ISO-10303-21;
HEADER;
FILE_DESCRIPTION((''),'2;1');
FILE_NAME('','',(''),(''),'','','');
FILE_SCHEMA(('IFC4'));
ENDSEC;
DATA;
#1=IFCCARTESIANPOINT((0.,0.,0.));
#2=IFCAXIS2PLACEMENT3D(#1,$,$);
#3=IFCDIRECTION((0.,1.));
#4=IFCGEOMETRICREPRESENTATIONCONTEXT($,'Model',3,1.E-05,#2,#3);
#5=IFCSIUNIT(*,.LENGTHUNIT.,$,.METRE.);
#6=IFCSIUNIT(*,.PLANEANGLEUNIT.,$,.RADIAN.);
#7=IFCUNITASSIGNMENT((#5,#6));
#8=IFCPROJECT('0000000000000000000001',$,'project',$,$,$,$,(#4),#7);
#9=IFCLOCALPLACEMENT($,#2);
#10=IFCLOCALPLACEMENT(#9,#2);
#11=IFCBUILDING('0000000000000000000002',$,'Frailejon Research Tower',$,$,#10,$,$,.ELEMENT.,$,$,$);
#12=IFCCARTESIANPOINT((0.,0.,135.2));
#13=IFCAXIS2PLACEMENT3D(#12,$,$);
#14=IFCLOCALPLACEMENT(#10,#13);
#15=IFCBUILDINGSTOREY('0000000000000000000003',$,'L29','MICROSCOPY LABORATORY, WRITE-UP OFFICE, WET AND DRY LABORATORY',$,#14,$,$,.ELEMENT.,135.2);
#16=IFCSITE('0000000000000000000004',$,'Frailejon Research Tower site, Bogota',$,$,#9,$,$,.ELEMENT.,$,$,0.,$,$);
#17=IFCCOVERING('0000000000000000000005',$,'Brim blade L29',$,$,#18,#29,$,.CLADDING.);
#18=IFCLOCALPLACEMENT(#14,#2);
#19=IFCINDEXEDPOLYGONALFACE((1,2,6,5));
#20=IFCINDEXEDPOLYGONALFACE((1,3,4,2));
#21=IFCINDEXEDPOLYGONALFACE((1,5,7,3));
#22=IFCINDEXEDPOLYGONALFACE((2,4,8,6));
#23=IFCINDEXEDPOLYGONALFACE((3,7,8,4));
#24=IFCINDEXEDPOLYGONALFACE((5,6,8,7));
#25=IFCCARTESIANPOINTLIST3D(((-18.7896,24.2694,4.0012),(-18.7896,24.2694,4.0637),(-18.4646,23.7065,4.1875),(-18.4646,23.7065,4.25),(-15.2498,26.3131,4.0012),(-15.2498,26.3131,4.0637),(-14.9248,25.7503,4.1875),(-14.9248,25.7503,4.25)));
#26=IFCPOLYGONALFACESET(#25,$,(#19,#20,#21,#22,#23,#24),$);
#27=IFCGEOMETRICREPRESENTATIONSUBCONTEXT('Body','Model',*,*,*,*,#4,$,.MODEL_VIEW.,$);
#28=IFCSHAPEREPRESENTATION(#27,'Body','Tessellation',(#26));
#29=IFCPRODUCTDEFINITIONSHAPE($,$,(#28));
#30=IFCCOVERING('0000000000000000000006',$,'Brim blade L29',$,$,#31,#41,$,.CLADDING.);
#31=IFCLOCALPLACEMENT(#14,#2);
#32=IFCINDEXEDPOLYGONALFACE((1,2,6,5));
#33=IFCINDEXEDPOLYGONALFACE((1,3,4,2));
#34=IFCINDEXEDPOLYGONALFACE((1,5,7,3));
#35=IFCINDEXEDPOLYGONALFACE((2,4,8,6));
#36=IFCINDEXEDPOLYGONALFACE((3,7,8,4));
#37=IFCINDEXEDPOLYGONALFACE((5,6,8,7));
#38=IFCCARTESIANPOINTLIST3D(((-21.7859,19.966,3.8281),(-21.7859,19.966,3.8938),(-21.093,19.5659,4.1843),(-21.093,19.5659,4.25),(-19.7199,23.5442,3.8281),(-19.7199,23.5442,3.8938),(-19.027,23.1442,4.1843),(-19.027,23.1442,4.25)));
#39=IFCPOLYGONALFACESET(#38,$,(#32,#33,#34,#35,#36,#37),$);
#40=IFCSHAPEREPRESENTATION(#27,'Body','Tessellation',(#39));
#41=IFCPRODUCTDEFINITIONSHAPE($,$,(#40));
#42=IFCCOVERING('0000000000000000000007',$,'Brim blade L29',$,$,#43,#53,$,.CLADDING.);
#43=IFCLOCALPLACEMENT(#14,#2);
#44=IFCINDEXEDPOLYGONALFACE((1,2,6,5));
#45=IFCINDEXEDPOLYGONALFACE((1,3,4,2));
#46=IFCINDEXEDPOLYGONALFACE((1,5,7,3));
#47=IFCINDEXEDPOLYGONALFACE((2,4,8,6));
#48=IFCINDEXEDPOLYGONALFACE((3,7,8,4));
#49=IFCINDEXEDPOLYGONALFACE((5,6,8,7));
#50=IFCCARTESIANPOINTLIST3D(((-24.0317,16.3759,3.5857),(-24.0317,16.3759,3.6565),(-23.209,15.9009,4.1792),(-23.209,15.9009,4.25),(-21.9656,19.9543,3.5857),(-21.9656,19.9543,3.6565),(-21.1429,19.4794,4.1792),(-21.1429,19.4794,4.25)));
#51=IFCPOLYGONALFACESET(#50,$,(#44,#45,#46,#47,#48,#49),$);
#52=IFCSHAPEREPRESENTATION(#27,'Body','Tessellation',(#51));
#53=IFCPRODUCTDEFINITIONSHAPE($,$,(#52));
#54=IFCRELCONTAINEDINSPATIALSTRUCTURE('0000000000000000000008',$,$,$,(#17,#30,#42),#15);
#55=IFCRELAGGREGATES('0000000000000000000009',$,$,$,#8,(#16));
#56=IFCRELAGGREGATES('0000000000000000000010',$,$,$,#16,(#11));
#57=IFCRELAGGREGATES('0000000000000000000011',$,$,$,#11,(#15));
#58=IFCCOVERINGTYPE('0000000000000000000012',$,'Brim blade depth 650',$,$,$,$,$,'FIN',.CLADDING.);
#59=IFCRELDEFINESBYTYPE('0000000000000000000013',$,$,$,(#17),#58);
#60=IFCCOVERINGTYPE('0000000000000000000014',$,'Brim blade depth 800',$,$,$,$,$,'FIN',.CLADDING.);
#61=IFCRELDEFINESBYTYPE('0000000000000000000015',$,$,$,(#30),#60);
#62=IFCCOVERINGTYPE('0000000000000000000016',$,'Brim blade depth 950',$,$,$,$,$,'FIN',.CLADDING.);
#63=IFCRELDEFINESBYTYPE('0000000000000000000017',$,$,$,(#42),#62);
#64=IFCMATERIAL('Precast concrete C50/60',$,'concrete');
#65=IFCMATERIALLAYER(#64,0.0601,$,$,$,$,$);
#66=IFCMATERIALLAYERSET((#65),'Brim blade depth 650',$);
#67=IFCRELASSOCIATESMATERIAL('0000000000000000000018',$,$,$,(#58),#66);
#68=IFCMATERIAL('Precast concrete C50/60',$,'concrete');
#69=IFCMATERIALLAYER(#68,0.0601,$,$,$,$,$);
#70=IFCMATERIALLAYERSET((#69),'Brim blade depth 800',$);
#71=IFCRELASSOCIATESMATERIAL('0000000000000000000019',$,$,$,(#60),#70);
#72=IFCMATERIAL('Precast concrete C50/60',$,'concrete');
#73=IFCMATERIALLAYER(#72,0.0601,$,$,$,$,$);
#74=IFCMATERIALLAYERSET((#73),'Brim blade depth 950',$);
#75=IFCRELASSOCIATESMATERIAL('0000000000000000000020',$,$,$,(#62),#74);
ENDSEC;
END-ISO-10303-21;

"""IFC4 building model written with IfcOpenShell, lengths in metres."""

from ifc_helpers import new_model, si_unit, direction, frame, origin, place, context, subcontext, project, spatial, polyline, outline, extrude, material, layer, layer_set, type_object, element, save


model = new_model("IFC4")

# Units and contexts
model_context = context("Model", 3, precision=1e-05, world=origin(), true_north=direction((0.0, 1.0)))
body_context = subcontext(model_context, "Body", "Model", "MODEL_VIEW")
ifc_project = project(units=[si_unit("LENGTHUNIT", "METRE"), si_unit("PLANEANGLEUNIT", "RADIAN")], contexts=[model_context])

# Site, building, storey
site_placement = place(None, origin())
site = spatial("IfcSite", under=ifc_project, at=site_placement, Name="Frailejon Research Tower site, Bogota", CompositionType="ELEMENT", RefElevation=0.0)
building_placement = place(site_placement, origin())
building = spatial("IfcBuilding", under=site, at=building_placement, Name="Frailejon Research Tower", CompositionType="ELEMENT")
storey_placement = place(building_placement, frame((0.0, 0.0, 135.2)))
storey = spatial("IfcBuildingStorey", under=building, at=storey_placement, Name="L29", Description="MICROSCOPY LABORATORY, WRITE-UP OFFICE, WET AND DRY LABORATORY", CompositionType="ELEMENT", Elevation=135.2)

# Coverings
ifc_material_1 = material(Name="Precast concrete C50/60", Category="concrete")
ifc_layer_1 = layer(ifc_material_1, 0.0601)
ifc_layer_set_1 = layer_set([ifc_layer_1], Name="Brim blade depth 650")
covering_type_1 = type_object("IfcCoveringType", Name="Brim blade depth 650", ElementType="FIN", PredefinedType="CLADDING", material=ifc_layer_set_1)
covering_1_placement = place(storey_placement, frame((-18.4646, 23.7065, 4.25), z_axis=(0.866021, 0.500007, 0.0), x_axis=(-0.500007, 0.866021, 0.0)))
element("IfcCovering", 1, at=covering_1_placement, inside=storey, type_object=covering_type_1, Name="Brim blade L29", PredefinedType="CLADDING", context=body_context, shape_type="SweptSolid", body=[
    extrude(outline(polyline([(0.0, -0.0625), (0.6499, -0.2488), (0.6499, -0.1863), (0.0, 0.0), (0.0, -0.0625)])), origin(), (0.0, 0.0, 1.0), 4.0874),
])
ifc_material_2 = material(Name="Precast concrete C50/60", Category="concrete")
ifc_layer_2 = layer(ifc_material_2, 0.0601)
ifc_layer_set_2 = layer_set([ifc_layer_2], Name="Brim blade depth 800")
covering_type_2 = type_object("IfcCoveringType", Name="Brim blade depth 800", ElementType="FIN", PredefinedType="CLADDING", material=ifc_layer_set_2)
covering_2_placement = place(storey_placement, frame((-21.093, 19.5659, 4.25), z_axis=(0.500012, 0.866018, 0.0), x_axis=(-0.866018, 0.500012, 0.0)))
element("IfcCovering", 2, at=covering_2_placement, inside=storey, type_object=covering_type_2, Name="Brim blade L29", PredefinedType="CLADDING", context=body_context, shape_type="SweptSolid", body=[
    extrude(outline(polyline([(0.0, -0.0657), (0.8, -0.4219), (0.8, -0.3562), (0.0, 0.0), (0.0, -0.0657)])), origin(), (0.0, 0.0, 1.0), 4.1318),
])
ifc_material_3 = material(Name="Precast concrete C50/60", Category="concrete")
ifc_layer_3 = layer(ifc_material_3, 0.0601)
ifc_layer_set_3 = layer_set([ifc_layer_3], Name="Brim blade depth 950")
covering_type_3 = type_object("IfcCoveringType", Name="Brim blade depth 950", ElementType="FIN", PredefinedType="CLADDING", material=ifc_layer_set_3)
covering_3_placement = place(storey_placement, frame((-23.209, 15.9009, 4.25), z_axis=(0.500002, 0.866024, 0.0), x_axis=(-0.866024, 0.500002, 0.0)))
element("IfcCovering", 3, at=covering_3_placement, inside=storey, type_object=covering_type_3, Name="Brim blade L29", PredefinedType="CLADDING", context=body_context, shape_type="SweptSolid", body=[
    extrude(outline(polyline([(0.0, -0.0708), (0.95, -0.6643), (0.95, -0.5935), (0.0, 0.0), (0.0, -0.0708)])), origin(), (0.0, 0.0, 1.0), 4.1321),
])

save(model, "model.ifc")
